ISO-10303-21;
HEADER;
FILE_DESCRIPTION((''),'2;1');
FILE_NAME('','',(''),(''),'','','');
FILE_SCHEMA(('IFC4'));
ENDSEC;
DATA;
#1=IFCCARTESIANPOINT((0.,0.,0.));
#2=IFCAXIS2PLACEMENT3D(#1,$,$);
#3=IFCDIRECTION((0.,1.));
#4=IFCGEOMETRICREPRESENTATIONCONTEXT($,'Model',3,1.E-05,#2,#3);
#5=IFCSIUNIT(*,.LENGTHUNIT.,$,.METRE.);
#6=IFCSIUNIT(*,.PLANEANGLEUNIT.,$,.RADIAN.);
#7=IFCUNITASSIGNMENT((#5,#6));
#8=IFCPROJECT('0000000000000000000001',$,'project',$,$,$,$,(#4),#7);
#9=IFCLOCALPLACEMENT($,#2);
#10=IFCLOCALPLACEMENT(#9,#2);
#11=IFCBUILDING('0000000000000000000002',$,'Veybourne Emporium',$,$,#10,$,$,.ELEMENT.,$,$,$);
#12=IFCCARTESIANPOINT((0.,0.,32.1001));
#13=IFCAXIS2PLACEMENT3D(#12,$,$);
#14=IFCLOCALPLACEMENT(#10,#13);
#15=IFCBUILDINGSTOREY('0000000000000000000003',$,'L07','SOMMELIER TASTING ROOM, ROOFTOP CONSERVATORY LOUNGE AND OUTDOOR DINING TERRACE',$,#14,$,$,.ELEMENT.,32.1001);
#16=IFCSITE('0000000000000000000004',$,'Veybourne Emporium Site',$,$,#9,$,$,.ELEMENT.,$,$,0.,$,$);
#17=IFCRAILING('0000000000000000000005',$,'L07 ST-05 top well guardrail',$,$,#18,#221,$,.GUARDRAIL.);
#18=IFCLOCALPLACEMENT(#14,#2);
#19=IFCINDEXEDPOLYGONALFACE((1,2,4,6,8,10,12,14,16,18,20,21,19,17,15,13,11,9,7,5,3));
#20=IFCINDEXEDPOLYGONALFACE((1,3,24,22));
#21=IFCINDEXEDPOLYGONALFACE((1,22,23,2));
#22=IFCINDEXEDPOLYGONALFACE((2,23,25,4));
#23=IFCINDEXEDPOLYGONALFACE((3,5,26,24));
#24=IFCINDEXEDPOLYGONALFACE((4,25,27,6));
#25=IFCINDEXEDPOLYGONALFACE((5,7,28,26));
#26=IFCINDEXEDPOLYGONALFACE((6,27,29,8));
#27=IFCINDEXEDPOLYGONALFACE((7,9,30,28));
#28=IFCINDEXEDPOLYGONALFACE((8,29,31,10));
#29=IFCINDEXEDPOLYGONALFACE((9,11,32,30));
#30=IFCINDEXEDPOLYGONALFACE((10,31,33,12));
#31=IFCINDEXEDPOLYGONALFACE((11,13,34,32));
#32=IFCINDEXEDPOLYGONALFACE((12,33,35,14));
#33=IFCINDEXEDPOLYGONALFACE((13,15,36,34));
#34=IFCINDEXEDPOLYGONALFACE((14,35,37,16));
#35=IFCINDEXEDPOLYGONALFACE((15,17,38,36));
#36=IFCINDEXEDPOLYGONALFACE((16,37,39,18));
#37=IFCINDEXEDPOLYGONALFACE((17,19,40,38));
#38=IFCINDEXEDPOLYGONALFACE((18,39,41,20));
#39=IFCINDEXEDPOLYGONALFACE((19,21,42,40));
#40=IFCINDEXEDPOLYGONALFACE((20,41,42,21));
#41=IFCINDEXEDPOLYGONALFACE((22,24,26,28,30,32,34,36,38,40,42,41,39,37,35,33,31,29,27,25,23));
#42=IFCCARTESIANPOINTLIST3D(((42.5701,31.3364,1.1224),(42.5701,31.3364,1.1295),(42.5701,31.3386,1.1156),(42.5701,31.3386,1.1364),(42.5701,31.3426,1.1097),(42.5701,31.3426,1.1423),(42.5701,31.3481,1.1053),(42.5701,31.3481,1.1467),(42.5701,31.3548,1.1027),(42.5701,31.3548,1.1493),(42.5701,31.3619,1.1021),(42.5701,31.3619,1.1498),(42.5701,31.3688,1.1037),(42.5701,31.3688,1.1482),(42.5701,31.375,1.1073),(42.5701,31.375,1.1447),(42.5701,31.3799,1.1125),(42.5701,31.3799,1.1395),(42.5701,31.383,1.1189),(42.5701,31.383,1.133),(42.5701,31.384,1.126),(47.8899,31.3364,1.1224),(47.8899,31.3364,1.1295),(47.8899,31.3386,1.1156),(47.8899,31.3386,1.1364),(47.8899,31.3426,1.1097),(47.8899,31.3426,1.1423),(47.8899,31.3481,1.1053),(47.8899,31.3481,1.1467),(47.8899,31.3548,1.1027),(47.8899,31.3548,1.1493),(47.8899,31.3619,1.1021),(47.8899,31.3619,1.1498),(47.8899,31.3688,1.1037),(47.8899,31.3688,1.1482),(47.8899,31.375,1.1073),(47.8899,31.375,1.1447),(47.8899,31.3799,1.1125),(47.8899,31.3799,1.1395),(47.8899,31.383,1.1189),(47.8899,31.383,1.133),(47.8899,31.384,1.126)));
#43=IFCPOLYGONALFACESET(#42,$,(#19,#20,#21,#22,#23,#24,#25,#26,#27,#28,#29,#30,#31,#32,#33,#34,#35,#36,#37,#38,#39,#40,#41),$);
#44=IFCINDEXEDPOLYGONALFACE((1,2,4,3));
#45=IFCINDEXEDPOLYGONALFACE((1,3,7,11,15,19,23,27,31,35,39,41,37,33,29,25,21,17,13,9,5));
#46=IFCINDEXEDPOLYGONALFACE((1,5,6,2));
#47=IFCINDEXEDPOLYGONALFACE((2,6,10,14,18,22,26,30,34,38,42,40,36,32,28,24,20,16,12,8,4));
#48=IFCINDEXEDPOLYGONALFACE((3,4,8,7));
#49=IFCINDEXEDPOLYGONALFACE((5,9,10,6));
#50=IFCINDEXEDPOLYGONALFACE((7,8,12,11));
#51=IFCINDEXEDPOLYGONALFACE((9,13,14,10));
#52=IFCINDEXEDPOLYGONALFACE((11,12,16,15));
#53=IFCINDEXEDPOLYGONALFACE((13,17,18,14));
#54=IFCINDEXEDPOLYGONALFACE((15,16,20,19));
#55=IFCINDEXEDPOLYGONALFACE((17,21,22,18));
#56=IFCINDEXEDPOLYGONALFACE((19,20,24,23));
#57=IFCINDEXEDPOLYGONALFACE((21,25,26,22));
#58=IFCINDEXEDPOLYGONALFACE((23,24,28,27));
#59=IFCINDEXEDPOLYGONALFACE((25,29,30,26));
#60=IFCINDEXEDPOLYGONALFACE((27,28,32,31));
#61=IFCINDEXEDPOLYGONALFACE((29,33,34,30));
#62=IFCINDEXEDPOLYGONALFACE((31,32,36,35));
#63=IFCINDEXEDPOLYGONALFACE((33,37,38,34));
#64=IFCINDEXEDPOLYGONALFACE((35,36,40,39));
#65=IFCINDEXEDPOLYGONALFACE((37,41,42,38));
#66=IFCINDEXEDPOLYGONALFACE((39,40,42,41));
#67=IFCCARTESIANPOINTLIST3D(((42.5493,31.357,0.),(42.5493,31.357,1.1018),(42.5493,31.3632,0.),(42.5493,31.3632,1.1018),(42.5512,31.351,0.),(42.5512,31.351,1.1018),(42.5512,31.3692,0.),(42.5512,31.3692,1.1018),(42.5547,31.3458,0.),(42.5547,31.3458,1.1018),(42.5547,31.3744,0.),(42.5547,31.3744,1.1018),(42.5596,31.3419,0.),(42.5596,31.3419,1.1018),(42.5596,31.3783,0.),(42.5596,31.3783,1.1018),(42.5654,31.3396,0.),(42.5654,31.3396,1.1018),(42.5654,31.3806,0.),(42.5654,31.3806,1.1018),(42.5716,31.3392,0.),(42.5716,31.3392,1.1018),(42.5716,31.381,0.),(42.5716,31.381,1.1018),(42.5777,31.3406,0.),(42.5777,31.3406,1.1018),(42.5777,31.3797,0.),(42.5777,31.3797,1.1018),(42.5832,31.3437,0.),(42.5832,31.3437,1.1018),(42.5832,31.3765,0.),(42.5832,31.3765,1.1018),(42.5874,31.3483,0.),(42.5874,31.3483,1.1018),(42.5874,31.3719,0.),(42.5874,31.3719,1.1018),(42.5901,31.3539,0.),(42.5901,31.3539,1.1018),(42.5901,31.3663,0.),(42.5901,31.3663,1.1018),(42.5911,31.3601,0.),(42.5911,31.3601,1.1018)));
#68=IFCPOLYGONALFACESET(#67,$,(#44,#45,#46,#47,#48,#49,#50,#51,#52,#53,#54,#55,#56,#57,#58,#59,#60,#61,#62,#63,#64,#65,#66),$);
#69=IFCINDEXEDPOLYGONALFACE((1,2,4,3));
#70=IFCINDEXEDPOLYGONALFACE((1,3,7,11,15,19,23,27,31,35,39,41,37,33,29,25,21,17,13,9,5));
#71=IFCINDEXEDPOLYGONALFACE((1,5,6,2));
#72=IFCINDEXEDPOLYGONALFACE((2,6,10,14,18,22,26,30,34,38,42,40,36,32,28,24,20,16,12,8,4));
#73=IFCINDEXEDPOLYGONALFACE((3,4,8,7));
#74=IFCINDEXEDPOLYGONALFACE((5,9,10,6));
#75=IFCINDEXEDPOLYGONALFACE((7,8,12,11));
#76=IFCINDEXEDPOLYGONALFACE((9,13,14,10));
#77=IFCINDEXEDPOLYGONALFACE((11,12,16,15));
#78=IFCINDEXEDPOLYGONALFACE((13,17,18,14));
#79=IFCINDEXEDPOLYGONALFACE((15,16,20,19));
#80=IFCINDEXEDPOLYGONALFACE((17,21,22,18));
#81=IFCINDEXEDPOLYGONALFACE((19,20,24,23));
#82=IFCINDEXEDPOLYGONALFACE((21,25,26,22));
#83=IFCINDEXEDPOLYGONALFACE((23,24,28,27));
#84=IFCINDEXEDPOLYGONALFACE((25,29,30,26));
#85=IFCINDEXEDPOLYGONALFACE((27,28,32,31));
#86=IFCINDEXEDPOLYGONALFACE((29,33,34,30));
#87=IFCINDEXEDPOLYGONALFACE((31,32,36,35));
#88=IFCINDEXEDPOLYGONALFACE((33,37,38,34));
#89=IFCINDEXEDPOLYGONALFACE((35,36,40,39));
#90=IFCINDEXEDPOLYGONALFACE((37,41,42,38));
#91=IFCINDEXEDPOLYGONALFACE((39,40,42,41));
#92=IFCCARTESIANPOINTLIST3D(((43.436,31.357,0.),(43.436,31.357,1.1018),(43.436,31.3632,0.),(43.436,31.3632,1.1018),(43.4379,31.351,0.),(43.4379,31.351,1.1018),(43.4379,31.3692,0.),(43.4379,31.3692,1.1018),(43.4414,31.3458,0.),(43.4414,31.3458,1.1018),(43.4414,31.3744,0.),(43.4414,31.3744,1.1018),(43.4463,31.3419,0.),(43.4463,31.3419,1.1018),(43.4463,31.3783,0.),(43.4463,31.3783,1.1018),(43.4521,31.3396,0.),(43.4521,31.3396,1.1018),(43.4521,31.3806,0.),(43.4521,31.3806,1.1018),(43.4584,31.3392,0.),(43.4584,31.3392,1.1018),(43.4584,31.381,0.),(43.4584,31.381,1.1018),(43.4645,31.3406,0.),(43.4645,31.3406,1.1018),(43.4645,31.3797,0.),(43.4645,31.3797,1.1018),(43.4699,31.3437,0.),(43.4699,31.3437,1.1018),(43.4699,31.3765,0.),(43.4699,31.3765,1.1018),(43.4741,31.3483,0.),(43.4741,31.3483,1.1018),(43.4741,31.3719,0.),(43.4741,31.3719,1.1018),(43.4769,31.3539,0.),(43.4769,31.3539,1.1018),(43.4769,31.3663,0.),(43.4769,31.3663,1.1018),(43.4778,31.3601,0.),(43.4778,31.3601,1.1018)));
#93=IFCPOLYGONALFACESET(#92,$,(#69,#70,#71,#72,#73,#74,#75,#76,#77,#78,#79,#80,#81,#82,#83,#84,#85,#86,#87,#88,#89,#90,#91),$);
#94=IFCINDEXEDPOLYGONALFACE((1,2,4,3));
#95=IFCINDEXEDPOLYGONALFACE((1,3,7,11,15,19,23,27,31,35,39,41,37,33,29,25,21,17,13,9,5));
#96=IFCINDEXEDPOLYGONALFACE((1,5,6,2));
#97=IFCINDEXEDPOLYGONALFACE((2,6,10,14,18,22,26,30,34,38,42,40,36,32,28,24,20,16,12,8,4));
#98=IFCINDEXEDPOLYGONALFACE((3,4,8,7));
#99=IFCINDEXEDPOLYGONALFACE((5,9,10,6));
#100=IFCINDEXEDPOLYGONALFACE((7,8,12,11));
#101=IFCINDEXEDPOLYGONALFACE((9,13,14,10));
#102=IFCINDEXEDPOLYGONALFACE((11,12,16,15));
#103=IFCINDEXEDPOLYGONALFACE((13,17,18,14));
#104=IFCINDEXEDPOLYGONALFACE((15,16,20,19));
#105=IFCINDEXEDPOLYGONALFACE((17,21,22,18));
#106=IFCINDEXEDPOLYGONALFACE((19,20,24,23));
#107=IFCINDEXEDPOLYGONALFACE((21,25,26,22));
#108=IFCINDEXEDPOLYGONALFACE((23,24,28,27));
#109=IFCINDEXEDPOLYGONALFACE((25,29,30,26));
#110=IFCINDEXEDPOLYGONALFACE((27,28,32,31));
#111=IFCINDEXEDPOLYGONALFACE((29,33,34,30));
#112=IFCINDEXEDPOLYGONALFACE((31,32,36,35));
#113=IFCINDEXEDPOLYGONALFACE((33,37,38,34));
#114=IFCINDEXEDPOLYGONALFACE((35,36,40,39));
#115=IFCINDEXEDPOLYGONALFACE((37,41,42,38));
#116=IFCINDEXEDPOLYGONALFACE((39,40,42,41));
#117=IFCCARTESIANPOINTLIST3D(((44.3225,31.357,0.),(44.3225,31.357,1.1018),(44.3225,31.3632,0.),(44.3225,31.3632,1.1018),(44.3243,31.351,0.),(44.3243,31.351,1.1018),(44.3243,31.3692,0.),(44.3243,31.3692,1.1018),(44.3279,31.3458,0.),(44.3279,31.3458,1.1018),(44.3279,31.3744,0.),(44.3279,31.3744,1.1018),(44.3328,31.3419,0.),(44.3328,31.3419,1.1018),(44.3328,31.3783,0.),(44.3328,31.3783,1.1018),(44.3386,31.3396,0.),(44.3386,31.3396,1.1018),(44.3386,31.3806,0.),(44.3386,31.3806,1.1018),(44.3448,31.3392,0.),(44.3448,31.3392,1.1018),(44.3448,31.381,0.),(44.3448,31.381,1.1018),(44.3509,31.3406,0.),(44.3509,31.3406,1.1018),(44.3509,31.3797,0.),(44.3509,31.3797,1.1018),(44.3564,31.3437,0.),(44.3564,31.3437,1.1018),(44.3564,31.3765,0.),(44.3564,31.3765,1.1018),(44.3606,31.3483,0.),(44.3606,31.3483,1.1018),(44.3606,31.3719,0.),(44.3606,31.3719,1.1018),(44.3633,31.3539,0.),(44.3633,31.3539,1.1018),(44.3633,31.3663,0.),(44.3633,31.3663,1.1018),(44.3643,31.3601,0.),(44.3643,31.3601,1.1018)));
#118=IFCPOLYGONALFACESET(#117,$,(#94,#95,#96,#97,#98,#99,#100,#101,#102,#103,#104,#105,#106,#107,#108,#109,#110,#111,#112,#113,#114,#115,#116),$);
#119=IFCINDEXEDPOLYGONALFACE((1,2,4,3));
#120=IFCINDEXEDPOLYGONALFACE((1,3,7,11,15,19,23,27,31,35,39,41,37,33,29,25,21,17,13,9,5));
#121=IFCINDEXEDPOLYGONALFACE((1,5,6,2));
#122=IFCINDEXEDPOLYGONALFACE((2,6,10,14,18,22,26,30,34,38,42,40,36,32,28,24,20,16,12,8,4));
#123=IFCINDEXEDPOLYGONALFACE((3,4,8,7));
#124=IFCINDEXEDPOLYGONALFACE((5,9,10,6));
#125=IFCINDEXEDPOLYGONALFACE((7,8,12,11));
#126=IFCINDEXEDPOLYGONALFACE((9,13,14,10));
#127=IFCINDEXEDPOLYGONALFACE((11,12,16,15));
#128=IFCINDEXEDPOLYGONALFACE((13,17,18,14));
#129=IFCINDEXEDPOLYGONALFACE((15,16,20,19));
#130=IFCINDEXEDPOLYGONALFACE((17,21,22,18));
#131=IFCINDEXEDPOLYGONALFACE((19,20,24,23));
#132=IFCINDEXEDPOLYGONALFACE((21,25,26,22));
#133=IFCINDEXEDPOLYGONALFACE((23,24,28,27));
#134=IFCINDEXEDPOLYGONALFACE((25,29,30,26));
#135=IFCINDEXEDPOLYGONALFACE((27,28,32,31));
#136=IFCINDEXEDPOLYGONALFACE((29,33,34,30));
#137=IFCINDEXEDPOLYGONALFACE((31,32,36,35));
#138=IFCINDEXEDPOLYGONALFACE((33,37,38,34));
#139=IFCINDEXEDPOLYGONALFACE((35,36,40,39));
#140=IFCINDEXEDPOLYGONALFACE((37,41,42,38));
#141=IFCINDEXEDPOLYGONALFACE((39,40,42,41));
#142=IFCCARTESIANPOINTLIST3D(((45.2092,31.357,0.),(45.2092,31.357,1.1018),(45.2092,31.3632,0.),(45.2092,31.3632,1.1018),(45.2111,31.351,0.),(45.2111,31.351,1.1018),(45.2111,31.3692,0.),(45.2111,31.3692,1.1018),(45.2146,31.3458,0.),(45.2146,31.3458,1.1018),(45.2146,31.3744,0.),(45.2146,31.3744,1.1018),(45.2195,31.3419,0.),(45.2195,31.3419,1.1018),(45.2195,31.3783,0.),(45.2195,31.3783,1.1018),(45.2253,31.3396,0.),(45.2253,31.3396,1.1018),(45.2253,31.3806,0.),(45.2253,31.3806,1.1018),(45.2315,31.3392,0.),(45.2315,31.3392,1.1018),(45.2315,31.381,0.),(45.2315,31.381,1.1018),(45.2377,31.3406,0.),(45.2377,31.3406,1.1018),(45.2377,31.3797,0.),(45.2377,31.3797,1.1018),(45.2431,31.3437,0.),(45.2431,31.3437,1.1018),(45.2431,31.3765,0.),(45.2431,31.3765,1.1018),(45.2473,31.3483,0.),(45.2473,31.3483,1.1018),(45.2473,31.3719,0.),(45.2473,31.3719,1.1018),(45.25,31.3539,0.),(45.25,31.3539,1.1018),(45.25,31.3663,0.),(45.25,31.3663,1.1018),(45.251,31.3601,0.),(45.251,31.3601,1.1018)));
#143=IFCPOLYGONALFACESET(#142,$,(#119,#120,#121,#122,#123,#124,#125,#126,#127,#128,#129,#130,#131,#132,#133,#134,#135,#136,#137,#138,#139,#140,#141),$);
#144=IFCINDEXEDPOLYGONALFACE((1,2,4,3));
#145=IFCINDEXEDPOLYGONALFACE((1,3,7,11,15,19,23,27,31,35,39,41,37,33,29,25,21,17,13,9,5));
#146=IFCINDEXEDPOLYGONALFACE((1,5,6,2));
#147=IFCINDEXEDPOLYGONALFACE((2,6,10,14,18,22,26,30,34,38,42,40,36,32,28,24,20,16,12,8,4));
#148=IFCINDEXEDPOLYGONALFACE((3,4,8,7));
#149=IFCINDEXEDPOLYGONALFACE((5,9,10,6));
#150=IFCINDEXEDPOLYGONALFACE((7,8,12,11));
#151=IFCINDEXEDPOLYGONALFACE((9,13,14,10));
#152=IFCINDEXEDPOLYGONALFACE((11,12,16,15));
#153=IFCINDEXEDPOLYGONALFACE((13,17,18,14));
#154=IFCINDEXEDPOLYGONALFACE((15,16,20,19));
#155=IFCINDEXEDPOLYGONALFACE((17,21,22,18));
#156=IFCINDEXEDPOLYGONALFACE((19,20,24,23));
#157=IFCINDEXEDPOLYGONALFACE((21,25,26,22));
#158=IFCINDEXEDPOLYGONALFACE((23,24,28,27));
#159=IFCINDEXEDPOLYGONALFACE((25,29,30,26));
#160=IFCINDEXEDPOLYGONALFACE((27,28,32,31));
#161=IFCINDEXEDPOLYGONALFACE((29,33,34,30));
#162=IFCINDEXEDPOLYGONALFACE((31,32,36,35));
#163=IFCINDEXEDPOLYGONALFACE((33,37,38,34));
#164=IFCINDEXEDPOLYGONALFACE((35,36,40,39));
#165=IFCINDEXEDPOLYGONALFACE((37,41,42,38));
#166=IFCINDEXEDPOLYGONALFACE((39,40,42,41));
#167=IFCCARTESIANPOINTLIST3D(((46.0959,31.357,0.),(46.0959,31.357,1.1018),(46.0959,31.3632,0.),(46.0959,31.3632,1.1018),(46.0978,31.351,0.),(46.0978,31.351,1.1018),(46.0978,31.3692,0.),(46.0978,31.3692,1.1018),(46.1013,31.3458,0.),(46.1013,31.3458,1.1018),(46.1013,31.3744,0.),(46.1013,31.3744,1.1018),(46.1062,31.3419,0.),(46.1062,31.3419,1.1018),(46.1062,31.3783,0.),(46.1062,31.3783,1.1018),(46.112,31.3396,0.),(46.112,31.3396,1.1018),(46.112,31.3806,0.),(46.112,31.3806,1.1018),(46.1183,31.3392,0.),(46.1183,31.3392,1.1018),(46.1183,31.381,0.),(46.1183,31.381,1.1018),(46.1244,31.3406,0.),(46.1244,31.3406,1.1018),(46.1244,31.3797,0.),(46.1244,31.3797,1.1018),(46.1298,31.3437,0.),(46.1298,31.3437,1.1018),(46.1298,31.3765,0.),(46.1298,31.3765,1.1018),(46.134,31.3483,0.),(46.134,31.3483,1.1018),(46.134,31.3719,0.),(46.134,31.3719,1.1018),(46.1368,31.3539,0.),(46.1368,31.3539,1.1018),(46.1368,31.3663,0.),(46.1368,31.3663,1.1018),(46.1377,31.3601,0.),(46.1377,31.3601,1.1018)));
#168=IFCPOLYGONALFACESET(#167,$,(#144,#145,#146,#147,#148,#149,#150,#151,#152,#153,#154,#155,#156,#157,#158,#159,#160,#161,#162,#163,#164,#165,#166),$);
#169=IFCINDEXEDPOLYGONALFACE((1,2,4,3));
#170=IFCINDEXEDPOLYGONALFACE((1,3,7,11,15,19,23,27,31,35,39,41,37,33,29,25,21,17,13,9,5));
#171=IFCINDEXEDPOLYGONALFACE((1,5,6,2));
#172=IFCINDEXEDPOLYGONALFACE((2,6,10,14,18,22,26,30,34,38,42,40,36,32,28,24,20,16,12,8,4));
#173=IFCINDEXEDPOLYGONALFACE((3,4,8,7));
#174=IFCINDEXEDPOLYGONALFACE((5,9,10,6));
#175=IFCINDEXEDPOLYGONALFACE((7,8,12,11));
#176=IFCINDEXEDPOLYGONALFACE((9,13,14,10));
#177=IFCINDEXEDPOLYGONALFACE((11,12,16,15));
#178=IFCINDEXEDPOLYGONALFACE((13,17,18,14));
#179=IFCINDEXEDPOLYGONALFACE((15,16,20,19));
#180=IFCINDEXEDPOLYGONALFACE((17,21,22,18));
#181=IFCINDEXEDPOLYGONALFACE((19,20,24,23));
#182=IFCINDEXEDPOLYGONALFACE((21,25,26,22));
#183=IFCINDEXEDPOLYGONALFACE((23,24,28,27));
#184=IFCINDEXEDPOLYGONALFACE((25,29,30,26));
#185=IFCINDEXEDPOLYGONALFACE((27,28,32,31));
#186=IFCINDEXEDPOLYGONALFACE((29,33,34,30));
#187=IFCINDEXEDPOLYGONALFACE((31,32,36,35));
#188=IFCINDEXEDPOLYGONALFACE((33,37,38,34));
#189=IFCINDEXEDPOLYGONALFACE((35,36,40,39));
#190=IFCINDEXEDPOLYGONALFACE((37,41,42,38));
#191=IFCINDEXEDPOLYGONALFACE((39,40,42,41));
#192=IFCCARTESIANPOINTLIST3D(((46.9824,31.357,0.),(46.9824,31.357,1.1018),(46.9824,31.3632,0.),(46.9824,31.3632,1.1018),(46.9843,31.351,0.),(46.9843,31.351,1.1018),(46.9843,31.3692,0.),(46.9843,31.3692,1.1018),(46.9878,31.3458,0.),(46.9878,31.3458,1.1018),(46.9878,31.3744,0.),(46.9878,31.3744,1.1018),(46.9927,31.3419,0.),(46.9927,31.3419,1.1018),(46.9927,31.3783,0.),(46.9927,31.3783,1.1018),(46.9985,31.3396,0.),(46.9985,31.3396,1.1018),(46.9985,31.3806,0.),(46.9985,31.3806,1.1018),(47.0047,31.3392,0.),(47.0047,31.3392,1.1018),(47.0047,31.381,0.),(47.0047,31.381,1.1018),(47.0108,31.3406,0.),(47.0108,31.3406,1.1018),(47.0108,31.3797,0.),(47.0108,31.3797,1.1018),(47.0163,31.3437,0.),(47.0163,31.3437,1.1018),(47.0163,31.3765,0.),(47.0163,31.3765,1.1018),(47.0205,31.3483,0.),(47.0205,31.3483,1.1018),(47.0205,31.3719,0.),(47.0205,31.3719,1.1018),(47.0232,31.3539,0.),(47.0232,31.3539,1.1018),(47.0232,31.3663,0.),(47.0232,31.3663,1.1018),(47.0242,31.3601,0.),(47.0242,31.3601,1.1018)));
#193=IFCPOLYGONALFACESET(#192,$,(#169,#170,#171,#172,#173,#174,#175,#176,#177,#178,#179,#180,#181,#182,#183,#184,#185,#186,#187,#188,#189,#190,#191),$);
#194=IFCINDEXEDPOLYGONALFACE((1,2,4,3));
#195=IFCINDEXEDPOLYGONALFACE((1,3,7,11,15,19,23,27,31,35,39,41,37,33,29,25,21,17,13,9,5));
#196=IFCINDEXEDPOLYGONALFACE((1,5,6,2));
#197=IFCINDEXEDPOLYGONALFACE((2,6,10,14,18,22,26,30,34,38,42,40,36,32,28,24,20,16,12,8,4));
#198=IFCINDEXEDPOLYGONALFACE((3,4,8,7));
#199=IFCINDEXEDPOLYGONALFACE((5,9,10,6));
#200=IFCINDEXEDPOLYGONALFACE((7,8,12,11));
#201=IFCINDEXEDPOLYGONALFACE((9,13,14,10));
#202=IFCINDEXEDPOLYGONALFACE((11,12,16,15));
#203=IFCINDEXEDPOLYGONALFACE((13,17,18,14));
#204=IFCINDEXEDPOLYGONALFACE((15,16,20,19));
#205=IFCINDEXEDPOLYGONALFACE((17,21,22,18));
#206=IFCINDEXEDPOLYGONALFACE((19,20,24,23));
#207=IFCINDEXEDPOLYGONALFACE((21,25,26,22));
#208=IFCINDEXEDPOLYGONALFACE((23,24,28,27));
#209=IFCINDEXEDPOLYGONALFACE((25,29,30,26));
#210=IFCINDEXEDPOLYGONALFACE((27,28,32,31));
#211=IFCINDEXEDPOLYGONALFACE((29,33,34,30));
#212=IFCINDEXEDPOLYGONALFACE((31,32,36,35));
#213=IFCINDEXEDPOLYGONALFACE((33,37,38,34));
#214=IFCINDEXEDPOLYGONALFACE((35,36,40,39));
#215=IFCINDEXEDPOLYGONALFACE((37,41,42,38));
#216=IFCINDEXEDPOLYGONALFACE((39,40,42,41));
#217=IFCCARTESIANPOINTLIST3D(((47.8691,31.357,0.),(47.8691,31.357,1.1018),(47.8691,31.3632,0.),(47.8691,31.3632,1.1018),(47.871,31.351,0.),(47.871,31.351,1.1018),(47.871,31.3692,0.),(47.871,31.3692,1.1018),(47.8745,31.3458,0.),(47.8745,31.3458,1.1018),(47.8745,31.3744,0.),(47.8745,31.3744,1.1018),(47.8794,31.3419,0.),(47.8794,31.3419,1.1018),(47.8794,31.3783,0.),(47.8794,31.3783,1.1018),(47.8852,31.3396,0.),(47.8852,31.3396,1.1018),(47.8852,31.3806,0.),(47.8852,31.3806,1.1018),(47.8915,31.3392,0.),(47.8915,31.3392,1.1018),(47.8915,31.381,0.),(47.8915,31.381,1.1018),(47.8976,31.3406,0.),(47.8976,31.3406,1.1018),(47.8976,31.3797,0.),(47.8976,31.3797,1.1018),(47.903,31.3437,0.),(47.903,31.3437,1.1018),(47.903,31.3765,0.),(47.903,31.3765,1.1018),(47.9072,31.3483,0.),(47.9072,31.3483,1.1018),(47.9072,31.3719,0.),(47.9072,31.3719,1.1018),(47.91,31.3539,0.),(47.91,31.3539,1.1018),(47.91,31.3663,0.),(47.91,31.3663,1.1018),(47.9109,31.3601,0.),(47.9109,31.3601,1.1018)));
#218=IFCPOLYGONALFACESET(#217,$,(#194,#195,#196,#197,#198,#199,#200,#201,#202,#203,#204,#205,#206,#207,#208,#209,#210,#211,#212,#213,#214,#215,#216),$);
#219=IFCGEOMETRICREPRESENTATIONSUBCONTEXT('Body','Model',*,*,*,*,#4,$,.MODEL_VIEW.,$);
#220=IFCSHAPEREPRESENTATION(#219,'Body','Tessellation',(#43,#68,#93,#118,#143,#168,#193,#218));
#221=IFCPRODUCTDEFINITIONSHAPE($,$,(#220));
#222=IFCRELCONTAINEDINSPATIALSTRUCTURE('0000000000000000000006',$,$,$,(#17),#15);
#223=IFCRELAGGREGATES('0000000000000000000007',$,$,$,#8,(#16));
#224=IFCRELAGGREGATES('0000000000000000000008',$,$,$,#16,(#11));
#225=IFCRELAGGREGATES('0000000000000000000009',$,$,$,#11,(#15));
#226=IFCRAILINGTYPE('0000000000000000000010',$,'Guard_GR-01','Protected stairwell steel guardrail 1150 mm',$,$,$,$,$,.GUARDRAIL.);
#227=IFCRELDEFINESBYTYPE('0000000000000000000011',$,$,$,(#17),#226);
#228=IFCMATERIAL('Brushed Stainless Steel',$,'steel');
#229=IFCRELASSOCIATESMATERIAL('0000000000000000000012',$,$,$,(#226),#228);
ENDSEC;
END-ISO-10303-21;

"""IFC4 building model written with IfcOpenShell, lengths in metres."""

from ifc_helpers import new_model, si_unit, direction, frame, origin, origin_2d, place, context, subcontext, project, spatial, circle, extrude, material, type_object, element, save


model = new_model("IFC4")

# Units and contexts
model_context = context("Model", 3, precision=1e-05, world=origin(), true_north=direction((0.0, 1.0)))
body_context = subcontext(model_context, "Body", "Model", "MODEL_VIEW")
ifc_project = project(units=[si_unit("LENGTHUNIT", "METRE"), si_unit("PLANEANGLEUNIT", "RADIAN")], contexts=[model_context])

# Site, building, storey
site_placement = place(None, origin())
site = spatial("IfcSite", under=ifc_project, at=site_placement, Name="Veybourne Emporium Site", CompositionType="ELEMENT", RefElevation=0.0)
building_placement = place(site_placement, origin())
building = spatial("IfcBuilding", under=site, at=building_placement, Name="Veybourne Emporium", CompositionType="ELEMENT")
storey_placement = place(building_placement, frame((0.0, 0.0, 32.1001)))
storey = spatial("IfcBuildingStorey", under=building, at=storey_placement, Name="L07", Description="SOMMELIER TASTING ROOM, ROOFTOP CONSERVATORY LOUNGE AND OUTDOOR DINING TERRACE", CompositionType="ELEMENT", Elevation=32.1001)

# Railing
ifc_material_1 = material(Name="Brushed Stainless Steel", Category="steel")
railing_type = type_object("IfcRailingType", Name="Guard_GR-01", Description="Protected stairwell steel guardrail 1150 mm", PredefinedType="GUARDRAIL", material=ifc_material_1)
railing_placement = place(storey_placement, frame((42.5701, 31.3601, 0.0)))
element("IfcRailing", 1, at=railing_placement, inside=storey, type_object=railing_type, Name="L07 ST-05 top well guardrail", PredefinedType="GUARDRAIL", context=body_context, shape_type="SweptSolid", body=[
    extrude(circle(Radius=0.0239, at=origin_2d()), frame((0.0, 0.0, 1.126), z_axis=(1.0, 0.0, 0.0), x_axis=(0.0, 1.0, 0.0)), (0.0, 0.0, 1.0), 5.3198),
    extrude(circle(Radius=0.021, at=origin_2d()), origin(), (0.0, 0.0, 1.0), 1.1018),
    extrude(circle(Radius=0.021, at=origin_2d()), frame((0.8867, 0.0, 0.0)), (0.0, 0.0, 1.0), 1.1018),
    extrude(circle(Radius=0.021, at=origin_2d()), frame((1.7732, 0.0, 0.0)), (0.0, 0.0, 1.0), 1.1018),
    extrude(circle(Radius=0.021, at=origin_2d()), frame((2.6599, 0.0, 0.0)), (0.0, 0.0, 1.0), 1.1018),
    extrude(circle(Radius=0.021, at=origin_2d()), frame((3.5466, 0.0, 0.0)), (0.0, 0.0, 1.0), 1.1018),
    extrude(circle(Radius=0.021, at=origin_2d()), frame((4.4331, 0.0, 0.0)), (0.0, 0.0, 1.0), 1.1018),
    extrude(circle(Radius=0.021, at=origin_2d()), frame((5.3198, 0.0, 0.0)), (0.0, 0.0, 1.0), 1.1018),
])

save(model, "model.ifc")
